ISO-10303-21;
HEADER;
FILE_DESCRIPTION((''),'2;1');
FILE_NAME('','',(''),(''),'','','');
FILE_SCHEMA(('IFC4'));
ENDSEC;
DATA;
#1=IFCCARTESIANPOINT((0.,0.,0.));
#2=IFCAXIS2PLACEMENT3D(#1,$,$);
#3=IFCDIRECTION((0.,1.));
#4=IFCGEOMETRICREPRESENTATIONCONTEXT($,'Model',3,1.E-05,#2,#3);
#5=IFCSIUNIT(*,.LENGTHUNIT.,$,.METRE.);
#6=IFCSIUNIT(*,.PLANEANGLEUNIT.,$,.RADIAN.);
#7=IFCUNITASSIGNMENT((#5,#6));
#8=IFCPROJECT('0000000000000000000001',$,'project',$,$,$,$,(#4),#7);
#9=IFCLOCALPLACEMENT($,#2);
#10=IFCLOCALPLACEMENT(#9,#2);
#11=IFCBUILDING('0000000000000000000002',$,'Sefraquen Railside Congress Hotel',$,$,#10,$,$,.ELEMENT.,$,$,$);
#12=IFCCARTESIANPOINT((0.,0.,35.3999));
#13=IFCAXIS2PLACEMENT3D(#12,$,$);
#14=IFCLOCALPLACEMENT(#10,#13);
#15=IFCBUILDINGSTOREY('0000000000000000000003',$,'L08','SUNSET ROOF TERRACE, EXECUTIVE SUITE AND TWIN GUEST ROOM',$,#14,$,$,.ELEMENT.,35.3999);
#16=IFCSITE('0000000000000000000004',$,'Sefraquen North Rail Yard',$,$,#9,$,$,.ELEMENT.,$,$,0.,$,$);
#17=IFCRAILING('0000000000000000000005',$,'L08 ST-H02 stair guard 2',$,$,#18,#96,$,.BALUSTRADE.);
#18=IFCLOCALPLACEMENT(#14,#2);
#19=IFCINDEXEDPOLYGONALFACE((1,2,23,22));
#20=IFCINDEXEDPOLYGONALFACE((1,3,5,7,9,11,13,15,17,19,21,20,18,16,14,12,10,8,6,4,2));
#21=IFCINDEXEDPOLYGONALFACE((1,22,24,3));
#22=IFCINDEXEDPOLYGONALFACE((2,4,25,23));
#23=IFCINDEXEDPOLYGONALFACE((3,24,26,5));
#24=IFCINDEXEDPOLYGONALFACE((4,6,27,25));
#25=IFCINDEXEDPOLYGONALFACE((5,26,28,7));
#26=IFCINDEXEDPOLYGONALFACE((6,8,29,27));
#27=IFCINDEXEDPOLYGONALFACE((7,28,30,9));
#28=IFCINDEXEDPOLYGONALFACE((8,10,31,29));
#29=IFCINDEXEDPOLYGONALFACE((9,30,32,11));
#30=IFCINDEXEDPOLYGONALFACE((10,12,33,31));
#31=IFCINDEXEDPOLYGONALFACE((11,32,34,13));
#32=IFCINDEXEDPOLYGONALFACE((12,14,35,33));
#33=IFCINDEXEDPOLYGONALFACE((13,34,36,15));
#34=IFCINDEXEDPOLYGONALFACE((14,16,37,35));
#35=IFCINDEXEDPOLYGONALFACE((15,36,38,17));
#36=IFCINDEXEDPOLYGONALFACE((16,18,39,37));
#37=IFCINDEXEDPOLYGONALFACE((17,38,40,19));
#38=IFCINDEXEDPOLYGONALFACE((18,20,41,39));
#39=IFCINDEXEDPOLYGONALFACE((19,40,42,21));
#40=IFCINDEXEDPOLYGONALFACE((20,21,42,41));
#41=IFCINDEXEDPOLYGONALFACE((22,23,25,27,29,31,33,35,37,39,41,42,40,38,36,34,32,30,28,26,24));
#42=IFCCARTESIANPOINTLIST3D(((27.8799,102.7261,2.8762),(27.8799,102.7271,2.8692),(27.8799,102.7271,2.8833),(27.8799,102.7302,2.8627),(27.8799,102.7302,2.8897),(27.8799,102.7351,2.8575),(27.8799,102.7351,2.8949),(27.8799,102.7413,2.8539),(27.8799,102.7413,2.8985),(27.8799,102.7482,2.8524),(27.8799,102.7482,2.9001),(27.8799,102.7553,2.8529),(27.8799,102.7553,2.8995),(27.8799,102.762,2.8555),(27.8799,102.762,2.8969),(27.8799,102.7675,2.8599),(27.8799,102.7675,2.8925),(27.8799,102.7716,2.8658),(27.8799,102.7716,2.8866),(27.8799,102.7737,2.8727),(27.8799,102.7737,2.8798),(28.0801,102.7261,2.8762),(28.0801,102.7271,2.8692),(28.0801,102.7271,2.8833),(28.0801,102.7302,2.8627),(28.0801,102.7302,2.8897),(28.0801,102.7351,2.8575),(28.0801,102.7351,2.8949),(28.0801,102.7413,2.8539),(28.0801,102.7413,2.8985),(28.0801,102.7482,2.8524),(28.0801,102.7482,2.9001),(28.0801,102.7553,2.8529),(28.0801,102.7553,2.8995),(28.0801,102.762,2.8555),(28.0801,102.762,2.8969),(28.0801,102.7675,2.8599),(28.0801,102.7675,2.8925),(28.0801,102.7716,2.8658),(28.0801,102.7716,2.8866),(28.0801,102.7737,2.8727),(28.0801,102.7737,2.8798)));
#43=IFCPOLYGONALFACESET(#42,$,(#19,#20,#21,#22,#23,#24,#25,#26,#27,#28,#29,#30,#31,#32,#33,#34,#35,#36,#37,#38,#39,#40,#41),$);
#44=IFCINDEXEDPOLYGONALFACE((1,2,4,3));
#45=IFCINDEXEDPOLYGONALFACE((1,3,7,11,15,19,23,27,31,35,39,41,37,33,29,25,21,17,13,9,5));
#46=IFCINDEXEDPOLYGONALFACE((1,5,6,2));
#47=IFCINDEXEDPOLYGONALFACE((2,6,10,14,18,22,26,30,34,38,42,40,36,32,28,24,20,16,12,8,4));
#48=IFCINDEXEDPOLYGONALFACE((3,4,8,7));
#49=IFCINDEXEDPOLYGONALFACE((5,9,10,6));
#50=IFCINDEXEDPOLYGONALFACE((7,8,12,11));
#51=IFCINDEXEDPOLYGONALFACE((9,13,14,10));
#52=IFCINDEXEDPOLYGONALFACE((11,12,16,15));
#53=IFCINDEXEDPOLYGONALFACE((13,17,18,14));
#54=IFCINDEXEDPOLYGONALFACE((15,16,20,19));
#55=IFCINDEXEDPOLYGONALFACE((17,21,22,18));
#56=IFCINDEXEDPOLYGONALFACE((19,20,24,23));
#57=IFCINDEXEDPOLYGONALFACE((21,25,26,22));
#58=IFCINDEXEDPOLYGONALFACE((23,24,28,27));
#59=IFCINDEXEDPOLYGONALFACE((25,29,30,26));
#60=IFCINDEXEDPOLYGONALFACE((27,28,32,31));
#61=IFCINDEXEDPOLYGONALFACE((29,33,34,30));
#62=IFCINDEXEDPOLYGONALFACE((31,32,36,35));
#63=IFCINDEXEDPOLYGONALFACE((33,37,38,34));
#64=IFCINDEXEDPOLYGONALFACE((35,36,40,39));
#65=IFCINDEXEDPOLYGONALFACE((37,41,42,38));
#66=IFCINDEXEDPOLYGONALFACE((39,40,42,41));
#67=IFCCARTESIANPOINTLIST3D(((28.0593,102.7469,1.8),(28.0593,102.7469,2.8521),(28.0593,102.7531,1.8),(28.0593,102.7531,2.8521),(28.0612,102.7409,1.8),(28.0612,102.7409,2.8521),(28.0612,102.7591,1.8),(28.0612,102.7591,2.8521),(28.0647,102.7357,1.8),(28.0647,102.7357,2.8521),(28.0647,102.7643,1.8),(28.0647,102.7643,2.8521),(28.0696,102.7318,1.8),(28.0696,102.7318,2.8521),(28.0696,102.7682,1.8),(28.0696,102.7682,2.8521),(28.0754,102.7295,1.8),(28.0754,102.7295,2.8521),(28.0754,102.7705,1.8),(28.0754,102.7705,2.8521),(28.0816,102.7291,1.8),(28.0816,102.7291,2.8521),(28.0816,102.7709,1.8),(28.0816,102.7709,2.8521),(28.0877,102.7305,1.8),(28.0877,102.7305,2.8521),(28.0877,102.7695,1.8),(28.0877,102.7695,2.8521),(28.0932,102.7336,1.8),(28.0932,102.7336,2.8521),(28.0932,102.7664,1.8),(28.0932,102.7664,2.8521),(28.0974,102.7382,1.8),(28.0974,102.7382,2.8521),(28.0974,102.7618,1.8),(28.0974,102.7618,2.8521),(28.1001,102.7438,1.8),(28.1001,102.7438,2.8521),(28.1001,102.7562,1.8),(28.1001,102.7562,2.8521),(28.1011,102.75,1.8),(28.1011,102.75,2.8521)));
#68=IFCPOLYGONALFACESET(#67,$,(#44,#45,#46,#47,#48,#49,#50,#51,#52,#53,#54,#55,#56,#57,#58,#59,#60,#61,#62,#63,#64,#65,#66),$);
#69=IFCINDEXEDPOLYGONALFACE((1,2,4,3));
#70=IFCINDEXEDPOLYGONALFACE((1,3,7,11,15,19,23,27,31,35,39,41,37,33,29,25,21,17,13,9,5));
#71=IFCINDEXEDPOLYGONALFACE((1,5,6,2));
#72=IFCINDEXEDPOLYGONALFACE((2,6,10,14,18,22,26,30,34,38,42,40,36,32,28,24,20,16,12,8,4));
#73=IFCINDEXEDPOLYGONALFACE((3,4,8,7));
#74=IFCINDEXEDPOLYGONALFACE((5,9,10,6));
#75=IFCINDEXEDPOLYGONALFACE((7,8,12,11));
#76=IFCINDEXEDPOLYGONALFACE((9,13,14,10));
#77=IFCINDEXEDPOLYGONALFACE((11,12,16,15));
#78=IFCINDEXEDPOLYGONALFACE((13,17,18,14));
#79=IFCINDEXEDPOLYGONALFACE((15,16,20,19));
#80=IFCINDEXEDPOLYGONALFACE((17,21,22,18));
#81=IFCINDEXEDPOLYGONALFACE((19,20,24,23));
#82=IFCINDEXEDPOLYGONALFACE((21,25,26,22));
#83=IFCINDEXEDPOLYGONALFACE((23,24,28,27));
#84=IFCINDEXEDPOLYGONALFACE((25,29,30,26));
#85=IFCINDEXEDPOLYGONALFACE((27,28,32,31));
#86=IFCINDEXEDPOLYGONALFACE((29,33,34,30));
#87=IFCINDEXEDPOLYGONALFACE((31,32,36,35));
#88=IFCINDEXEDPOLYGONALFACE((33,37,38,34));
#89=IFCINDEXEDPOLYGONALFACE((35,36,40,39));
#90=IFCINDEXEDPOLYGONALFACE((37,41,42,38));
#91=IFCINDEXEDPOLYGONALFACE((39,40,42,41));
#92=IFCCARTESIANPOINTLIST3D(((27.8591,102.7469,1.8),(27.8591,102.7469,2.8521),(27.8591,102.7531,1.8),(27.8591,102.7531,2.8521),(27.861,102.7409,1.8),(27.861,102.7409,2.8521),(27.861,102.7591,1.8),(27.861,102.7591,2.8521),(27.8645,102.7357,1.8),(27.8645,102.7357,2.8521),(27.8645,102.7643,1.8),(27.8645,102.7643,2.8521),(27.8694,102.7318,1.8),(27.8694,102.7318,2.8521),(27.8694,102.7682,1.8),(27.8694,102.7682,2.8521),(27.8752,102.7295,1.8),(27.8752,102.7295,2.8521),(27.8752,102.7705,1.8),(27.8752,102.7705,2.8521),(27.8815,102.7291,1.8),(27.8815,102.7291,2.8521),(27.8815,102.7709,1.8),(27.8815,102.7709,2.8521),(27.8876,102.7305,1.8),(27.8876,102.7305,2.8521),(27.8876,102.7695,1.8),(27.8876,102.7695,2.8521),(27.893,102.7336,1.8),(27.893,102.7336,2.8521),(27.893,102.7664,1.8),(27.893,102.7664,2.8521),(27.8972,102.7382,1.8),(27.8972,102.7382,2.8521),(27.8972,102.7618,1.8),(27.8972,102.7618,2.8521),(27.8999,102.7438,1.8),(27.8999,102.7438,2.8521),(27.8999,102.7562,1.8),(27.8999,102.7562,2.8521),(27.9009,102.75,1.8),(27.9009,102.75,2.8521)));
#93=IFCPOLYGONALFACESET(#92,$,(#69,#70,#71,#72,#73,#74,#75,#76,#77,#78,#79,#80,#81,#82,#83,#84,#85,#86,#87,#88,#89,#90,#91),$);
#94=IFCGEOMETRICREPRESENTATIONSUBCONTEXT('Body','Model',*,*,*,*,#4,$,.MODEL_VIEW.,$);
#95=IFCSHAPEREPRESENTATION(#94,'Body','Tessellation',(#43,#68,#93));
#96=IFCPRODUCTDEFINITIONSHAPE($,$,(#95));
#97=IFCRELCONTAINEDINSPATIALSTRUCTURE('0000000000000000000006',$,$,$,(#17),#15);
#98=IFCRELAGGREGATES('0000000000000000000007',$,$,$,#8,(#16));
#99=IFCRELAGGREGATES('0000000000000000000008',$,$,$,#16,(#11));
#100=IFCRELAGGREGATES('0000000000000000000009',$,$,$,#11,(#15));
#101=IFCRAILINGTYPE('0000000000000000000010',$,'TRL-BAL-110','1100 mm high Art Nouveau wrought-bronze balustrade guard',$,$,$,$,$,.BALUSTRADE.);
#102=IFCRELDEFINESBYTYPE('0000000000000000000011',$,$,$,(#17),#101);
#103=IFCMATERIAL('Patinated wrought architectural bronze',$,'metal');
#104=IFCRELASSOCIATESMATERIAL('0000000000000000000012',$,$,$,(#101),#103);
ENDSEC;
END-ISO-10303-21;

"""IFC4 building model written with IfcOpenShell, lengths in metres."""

from ifc_helpers import new_model, si_unit, direction, frame, origin, origin_2d, place, context, subcontext, project, spatial, circle, extrude, material, type_object, element, save


model = new_model("IFC4")

# Units and contexts
model_context = context("Model", 3, precision=1e-05, world=origin(), true_north=direction((0.0, 1.0)))
body_context = subcontext(model_context, "Body", "Model", "MODEL_VIEW")
ifc_project = project(units=[si_unit("LENGTHUNIT", "METRE"), si_unit("PLANEANGLEUNIT", "RADIAN")], contexts=[model_context])

# Site, building, storey
site_placement = place(None, origin())
site = spatial("IfcSite", under=ifc_project, at=site_placement, Name="Sefraquen North Rail Yard", CompositionType="ELEMENT", RefElevation=0.0)
building_placement = place(site_placement, origin())
building = spatial("IfcBuilding", under=site, at=building_placement, Name="Sefraquen Railside Congress Hotel", CompositionType="ELEMENT")
storey_placement = place(building_placement, frame((0.0, 0.0, 35.3999)))
storey = spatial("IfcBuildingStorey", under=building, at=storey_placement, Name="L08", Description="SUNSET ROOF TERRACE, EXECUTIVE SUITE AND TWIN GUEST ROOM", CompositionType="ELEMENT", Elevation=35.3999)

# Railing
ifc_material_1 = material(Name="Patinated wrought architectural bronze", Category="metal")
railing_type_1 = type_object("IfcRailingType", Name="TRL-BAL-110", Description="1100 mm high Art Nouveau wrought-bronze balustrade guard", PredefinedType="BALUSTRADE", material=ifc_material_1)
railing_1_placement = place(storey_placement, frame((28.0801, 102.75, 1.8)))
element("IfcRailing", 1, at=railing_1_placement, inside=storey, type_object=railing_type_1, Name="L08 ST-H02 stair guard 2", PredefinedType="BALUSTRADE", context=body_context, shape_type="SweptSolid", body=[
    extrude(circle(Radius=0.0239, at=origin_2d()), frame((0.0, 0.0, 1.0762), z_axis=(-1.0, 0.0, 0.0), x_axis=(0.0, -1.0, 0.0)), (0.0, 0.0, 1.0), 0.2002),
    extrude(circle(Radius=0.021, at=origin_2d()), origin(), (0.0, 0.0, 1.0), 1.052),
    extrude(circle(Radius=0.021, at=origin_2d()), frame((-0.2002, 0.0, 0.0)), (0.0, 0.0, 1.0), 1.052),
])

save(model, "model.ifc")
